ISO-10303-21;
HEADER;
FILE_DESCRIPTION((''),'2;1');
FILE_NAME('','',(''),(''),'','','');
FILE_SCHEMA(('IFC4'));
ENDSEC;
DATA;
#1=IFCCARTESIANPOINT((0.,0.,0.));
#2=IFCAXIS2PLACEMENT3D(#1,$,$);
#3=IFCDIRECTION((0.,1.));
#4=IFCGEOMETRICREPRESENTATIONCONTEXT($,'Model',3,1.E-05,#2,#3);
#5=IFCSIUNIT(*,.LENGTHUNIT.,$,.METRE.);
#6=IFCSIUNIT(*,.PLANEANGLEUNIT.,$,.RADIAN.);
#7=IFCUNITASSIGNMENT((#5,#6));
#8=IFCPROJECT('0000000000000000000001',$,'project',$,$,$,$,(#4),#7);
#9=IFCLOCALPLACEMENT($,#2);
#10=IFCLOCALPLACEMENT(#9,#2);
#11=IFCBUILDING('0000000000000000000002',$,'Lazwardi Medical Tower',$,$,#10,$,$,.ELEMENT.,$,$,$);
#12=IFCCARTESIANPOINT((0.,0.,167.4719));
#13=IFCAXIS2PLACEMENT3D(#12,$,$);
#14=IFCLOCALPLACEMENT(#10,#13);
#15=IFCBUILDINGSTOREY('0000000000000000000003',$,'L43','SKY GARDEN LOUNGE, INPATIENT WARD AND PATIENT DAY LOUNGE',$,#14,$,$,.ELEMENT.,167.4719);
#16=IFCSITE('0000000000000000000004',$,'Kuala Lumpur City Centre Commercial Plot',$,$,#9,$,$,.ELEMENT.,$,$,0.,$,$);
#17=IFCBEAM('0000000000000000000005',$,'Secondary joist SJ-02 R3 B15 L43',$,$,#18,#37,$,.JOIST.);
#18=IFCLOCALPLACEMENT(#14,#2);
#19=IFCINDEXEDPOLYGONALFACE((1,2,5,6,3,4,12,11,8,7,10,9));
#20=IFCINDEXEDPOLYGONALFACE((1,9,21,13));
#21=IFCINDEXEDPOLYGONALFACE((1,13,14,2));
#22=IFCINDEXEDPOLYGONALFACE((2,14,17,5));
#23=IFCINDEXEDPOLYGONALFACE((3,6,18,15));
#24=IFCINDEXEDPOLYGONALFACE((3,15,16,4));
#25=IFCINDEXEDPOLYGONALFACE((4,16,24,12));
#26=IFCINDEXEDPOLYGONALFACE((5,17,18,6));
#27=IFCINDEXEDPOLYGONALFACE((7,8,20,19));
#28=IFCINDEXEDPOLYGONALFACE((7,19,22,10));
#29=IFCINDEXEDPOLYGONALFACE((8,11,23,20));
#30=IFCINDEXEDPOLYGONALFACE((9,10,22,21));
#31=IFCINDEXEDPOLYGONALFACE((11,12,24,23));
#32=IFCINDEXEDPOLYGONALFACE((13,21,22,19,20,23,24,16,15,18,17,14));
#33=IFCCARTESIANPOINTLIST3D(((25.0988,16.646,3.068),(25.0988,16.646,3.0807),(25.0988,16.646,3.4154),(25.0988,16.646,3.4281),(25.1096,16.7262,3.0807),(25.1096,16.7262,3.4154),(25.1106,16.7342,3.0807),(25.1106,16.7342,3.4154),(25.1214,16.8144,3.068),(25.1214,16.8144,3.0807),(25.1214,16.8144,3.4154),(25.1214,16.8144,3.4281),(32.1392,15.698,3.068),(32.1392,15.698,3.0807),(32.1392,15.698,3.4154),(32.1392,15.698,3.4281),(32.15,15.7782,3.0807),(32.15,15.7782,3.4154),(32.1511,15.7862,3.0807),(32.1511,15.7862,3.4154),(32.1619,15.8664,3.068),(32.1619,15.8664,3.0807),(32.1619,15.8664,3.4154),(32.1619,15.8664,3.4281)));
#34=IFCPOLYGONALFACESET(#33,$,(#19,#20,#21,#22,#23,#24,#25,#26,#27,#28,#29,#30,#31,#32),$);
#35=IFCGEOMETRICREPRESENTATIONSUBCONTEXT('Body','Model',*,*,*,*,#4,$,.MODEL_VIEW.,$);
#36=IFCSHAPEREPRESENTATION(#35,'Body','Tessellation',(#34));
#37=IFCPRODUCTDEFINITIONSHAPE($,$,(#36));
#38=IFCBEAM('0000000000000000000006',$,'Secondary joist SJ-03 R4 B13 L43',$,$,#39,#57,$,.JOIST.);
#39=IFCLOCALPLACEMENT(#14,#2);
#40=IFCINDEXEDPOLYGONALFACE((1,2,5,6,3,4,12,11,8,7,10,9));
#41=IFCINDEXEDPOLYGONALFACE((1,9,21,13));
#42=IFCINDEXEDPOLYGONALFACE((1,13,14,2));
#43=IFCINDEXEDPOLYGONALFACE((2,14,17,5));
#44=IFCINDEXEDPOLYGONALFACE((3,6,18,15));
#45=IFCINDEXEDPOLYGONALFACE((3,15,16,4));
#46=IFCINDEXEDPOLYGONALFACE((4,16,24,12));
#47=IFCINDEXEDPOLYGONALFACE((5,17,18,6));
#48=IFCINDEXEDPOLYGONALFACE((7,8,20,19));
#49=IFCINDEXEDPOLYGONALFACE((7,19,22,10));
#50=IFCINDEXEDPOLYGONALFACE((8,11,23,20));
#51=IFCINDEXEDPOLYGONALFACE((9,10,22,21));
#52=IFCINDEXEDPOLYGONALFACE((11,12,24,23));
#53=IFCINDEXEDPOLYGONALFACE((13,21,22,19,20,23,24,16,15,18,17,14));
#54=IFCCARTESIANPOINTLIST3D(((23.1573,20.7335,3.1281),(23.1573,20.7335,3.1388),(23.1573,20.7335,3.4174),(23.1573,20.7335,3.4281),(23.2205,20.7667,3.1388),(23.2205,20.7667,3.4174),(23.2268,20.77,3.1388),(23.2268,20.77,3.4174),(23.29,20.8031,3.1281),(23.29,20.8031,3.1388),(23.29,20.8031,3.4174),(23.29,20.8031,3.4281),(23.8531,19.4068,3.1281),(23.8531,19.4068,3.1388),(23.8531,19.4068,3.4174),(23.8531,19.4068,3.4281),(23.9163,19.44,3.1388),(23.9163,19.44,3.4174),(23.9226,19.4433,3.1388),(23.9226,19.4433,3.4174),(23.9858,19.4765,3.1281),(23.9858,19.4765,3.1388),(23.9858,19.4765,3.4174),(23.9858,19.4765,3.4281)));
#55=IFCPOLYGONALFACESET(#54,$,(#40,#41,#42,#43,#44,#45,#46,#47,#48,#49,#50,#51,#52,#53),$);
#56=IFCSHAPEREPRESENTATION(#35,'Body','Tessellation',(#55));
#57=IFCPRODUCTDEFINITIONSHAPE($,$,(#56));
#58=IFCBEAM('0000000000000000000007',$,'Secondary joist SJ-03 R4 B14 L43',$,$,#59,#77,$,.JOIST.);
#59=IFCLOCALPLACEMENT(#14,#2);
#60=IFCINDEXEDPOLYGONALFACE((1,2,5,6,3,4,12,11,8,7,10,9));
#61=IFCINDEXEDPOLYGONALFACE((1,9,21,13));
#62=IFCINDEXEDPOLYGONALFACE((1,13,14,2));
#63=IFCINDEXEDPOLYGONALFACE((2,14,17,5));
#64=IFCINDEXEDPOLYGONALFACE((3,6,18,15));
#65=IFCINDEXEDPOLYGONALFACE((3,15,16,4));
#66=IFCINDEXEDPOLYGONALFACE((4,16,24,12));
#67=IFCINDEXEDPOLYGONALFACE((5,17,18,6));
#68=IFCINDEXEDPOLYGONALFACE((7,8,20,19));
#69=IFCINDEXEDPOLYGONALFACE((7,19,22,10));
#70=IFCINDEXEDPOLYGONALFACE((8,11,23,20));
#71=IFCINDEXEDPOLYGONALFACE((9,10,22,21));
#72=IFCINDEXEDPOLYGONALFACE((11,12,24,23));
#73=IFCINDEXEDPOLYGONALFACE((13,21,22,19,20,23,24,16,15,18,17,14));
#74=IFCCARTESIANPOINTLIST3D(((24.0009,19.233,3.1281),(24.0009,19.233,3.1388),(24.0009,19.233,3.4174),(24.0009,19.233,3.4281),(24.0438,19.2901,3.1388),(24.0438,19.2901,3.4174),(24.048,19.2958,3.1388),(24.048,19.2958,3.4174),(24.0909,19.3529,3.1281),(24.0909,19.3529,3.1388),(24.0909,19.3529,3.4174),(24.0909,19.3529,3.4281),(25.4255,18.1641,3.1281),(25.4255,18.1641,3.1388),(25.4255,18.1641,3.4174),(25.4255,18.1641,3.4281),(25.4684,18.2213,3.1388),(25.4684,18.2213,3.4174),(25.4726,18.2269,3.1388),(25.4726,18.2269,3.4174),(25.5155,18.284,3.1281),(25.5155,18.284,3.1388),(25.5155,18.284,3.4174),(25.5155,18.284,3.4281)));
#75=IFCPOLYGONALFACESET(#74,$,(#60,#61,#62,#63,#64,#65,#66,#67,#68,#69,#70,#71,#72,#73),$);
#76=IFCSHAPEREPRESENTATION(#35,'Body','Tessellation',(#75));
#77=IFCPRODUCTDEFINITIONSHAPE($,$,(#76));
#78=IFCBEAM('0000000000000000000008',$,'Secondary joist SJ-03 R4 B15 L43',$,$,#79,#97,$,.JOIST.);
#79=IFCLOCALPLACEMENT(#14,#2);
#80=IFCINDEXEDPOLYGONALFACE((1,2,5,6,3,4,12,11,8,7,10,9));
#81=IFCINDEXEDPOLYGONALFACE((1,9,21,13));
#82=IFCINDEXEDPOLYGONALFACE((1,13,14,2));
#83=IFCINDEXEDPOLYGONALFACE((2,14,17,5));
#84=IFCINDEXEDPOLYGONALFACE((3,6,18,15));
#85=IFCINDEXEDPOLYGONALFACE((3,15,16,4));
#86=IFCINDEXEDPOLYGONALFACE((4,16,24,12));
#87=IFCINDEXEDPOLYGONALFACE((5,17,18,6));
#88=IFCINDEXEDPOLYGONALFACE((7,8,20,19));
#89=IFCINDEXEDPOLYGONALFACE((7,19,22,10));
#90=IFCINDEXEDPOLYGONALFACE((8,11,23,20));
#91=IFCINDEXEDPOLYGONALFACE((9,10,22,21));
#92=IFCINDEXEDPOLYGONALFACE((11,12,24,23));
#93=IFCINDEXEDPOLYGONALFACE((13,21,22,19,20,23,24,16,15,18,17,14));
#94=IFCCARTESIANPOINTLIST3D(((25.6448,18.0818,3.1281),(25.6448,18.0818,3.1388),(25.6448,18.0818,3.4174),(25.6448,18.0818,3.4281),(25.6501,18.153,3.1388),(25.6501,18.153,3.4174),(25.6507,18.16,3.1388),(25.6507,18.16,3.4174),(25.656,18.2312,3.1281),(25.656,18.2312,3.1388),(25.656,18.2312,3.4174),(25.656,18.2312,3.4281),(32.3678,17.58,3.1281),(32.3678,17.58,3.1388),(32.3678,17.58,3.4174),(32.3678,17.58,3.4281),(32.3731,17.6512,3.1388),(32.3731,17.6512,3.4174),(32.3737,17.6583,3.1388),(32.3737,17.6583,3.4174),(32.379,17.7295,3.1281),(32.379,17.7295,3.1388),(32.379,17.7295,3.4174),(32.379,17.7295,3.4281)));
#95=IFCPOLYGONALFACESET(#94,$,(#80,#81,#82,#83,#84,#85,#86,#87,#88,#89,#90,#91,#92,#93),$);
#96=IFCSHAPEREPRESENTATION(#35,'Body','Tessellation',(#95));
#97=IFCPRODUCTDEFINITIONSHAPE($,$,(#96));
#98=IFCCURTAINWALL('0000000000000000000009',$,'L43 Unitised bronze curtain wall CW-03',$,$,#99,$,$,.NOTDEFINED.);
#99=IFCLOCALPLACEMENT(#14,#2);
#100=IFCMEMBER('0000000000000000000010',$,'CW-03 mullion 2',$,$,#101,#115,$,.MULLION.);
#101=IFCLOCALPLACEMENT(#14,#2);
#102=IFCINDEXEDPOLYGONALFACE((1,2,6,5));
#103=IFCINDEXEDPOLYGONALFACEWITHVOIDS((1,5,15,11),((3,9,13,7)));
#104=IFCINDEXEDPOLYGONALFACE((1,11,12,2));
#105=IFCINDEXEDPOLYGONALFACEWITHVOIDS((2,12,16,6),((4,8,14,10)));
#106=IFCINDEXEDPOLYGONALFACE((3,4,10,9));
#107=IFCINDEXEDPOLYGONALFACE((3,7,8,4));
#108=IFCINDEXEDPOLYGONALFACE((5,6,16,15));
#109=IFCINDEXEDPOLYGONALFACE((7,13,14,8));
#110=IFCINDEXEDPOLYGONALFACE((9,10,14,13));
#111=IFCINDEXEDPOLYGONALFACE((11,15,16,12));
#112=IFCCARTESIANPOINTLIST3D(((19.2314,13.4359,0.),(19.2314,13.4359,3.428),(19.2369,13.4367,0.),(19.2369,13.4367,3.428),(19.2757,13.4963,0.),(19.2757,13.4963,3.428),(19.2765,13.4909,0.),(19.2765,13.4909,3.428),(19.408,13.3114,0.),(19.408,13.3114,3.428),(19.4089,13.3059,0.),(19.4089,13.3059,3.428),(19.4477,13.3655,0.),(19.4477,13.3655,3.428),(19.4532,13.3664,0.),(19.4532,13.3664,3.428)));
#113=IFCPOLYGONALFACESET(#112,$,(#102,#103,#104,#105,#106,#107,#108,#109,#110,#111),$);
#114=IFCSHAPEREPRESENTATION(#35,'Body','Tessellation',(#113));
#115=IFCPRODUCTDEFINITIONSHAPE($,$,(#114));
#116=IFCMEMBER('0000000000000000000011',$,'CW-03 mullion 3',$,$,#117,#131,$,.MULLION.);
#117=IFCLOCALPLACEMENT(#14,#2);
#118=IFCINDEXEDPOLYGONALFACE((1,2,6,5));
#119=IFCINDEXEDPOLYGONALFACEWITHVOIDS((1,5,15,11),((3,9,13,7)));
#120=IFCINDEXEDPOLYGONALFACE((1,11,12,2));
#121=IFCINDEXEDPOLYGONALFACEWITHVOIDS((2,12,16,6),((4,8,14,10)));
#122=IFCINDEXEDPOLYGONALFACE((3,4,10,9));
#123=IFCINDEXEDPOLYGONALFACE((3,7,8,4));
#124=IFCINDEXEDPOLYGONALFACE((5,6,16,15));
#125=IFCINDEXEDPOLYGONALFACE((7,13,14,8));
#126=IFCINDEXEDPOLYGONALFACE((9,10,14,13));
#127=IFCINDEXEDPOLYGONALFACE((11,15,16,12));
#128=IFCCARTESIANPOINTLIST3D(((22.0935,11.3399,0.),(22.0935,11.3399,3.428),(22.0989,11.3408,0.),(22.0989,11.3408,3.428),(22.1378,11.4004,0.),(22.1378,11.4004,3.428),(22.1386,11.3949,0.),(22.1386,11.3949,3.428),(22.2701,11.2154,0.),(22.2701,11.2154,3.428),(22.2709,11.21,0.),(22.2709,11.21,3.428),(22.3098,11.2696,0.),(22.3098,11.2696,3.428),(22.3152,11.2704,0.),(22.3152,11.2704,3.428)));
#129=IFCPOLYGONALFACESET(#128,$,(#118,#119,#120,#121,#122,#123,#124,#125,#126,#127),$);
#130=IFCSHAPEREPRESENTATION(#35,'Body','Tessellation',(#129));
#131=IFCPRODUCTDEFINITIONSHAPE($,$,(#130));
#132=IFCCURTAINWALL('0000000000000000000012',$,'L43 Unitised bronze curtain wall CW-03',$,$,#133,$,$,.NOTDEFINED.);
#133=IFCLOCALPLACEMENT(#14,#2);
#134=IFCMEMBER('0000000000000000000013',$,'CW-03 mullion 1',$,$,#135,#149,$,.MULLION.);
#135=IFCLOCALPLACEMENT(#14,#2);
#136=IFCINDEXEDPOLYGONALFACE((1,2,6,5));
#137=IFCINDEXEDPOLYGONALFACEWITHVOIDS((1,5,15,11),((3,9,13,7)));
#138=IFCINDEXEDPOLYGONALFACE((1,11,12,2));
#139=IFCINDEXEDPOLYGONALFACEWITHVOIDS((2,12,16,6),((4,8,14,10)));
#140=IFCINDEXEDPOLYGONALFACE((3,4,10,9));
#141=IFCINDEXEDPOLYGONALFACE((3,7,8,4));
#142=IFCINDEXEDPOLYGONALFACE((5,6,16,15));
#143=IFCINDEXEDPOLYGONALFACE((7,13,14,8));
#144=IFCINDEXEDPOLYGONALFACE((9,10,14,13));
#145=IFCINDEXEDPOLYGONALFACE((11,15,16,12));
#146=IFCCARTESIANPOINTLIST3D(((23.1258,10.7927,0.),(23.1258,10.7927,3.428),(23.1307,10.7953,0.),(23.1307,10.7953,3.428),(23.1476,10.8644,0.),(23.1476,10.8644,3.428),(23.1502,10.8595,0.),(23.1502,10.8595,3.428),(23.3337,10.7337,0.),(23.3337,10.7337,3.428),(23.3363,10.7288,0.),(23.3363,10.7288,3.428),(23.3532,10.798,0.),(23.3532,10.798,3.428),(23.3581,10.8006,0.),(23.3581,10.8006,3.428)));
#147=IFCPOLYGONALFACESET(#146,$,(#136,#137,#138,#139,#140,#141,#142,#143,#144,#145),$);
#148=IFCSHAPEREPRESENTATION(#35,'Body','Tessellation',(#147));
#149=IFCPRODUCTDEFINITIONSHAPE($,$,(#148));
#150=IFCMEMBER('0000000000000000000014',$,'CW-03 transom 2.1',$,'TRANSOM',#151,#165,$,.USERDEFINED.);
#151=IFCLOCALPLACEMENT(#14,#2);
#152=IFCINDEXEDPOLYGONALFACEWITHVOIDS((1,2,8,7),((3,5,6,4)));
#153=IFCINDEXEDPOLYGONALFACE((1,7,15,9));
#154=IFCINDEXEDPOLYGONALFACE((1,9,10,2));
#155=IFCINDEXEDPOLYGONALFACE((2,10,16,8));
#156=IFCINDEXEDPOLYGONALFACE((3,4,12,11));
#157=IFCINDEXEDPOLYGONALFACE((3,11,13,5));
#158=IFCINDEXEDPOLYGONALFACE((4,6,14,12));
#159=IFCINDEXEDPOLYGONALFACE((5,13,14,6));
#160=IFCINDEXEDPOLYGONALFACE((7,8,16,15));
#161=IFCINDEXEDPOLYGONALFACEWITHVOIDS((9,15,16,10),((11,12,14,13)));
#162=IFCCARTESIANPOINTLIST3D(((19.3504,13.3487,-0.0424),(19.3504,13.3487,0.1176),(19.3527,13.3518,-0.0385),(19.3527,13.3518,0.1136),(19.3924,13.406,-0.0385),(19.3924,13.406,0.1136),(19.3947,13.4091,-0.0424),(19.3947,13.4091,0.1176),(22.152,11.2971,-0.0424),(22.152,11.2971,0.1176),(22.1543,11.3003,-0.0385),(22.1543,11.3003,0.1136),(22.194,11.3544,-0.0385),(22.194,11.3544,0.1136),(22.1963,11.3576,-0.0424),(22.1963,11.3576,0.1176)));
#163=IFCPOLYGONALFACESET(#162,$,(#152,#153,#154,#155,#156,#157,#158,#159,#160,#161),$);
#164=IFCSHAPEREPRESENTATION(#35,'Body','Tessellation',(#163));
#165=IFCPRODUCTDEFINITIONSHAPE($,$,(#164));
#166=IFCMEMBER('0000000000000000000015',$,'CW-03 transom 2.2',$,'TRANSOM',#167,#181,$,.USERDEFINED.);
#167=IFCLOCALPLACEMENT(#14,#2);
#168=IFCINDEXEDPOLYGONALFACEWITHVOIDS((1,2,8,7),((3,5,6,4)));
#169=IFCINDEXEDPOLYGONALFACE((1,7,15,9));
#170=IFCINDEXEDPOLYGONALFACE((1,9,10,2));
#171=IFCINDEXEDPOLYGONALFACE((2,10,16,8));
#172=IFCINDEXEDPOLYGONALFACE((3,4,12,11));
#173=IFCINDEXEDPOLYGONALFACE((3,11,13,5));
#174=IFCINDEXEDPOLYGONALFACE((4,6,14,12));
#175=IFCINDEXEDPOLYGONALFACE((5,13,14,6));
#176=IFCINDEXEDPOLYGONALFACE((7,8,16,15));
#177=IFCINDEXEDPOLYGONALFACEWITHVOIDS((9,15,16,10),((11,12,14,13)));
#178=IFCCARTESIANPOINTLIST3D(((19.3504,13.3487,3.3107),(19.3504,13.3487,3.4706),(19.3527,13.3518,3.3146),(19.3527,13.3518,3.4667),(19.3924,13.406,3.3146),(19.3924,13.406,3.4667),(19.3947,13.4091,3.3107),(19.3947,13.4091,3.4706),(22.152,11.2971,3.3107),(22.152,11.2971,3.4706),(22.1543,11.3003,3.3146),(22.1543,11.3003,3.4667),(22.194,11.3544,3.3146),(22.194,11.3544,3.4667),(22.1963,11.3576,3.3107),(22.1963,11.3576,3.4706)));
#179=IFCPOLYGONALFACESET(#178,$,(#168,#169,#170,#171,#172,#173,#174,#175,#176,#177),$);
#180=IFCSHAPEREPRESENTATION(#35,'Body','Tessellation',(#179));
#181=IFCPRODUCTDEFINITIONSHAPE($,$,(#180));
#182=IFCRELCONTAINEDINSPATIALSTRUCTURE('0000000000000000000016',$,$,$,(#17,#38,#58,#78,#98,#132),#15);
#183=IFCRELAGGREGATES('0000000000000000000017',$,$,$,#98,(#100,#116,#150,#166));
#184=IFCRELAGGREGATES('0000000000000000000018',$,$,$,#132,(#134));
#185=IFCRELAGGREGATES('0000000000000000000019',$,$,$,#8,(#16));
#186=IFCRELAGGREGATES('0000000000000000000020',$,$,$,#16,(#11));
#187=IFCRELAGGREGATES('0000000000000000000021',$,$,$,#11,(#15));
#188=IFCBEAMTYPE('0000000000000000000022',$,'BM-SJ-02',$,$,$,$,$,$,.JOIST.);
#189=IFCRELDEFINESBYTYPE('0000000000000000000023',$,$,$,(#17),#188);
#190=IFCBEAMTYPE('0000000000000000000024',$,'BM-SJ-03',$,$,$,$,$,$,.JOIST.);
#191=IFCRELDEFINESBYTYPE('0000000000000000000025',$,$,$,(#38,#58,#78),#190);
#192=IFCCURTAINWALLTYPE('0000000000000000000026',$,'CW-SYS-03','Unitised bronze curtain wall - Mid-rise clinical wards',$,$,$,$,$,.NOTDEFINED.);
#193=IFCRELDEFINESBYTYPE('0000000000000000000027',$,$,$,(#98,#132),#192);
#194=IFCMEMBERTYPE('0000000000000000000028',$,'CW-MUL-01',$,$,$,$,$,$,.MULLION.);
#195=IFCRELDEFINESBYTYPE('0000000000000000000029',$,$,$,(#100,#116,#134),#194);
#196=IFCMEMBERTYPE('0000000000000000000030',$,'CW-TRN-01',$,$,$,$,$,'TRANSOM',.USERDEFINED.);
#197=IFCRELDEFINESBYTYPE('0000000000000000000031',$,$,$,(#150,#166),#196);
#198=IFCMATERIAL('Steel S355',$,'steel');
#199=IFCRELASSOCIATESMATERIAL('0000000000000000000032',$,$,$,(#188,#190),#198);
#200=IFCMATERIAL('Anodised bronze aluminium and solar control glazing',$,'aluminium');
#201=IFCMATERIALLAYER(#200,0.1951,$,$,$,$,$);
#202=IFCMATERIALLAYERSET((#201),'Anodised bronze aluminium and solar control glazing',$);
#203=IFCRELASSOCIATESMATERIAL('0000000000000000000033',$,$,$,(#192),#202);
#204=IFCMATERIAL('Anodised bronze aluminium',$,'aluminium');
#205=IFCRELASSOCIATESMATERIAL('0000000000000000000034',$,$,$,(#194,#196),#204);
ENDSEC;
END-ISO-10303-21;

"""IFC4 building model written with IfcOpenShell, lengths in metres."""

from ifc_helpers import new_model, si_unit, direction, frame, origin, origin_2d, place, context, subcontext, project, spatial, hollow_rectangle, i_section, extrude, material, layer, layer_set, material_profile, profile_set, type_object, element, aggregate, save


model = new_model("IFC4")

# Units and contexts
model_context = context("Model", 3, precision=1e-05, world=origin(), true_north=direction((0.0, 1.0)))
body_context = subcontext(model_context, "Body", "Model", "MODEL_VIEW")
ifc_project = project(units=[si_unit("LENGTHUNIT", "METRE"), si_unit("PLANEANGLEUNIT", "RADIAN")], contexts=[model_context])

# Site, building, storey
site_placement = place(None, origin())
site = spatial("IfcSite", under=ifc_project, at=site_placement, Name="Kuala Lumpur City Centre Commercial Plot", CompositionType="ELEMENT", RefElevation=0.0)
building_placement = place(site_placement, origin())
building = spatial("IfcBuilding", under=site, at=building_placement, Name="Lazwardi Medical Tower", CompositionType="ELEMENT")
storey_placement = place(building_placement, frame((0.0, 0.0, 167.4719)))
storey = spatial("IfcBuildingStorey", under=building, at=storey_placement, Name="L43", Description="SKY GARDEN LOUNGE, INPATIENT WARD AND PATIENT DAY LOUNGE", CompositionType="ELEMENT", Elevation=167.4719)

# Beams
ifc_material_1 = material(Name="Steel S355", Category="steel")
ifc_material_profile_1 = material_profile(ifc_material_1, i_section(OverallWidth=0.1699, OverallDepth=0.3601, WebThickness=0.0081, FlangeThickness=0.0127, at=origin_2d()), Name="IPE 360")
ifc_profile_set_1 = profile_set([ifc_material_profile_1], Name="Steel S355")
beam_type_1 = type_object("IfcBeamType", Name="BM-SJ-02", PredefinedType="JOIST", material=ifc_profile_set_1)
beam_1_placement = place(storey_placement, frame((25.1101, 16.7302, 3.248), z_axis=(0.991056, -0.133444, 0.0), x_axis=(0.133444, 0.991056, 0.0)))
element("IfcBeam", 1, at=beam_1_placement, inside=storey, type_object=beam_type_1, Name="Secondary joist SJ-02 R3 B15 L43", PredefinedType="JOIST", context=body_context, shape_type="SweptSolid", body=[
    extrude(i_section(OverallWidth=0.1699, OverallDepth=0.3601, WebThickness=0.0081, FlangeThickness=0.0127, at=origin_2d()), origin(), (0.0, 0.0, 1.0), 7.104),
])
ifc_material_profile_2 = material_profile(ifc_material_1, i_section(OverallWidth=0.1499, OverallDepth=0.3, WebThickness=0.0071, FlangeThickness=0.0107, at=origin_2d()), Name="IPE 300")
ifc_profile_set_2 = profile_set([ifc_material_profile_2], Name="Steel S355")
beam_type_2 = type_object("IfcBeamType", Name="BM-SJ-03", PredefinedType="JOIST", material=ifc_profile_set_2)
beam_2_placement = place(storey_placement, frame((23.2236, 20.7683, 3.2781), z_axis=(0.46447, -0.885589, 0.0), x_axis=(0.885589, 0.46447, 0.0)))
element("IfcBeam", 2, at=beam_2_placement, inside=storey, type_object=beam_type_2, Name="Secondary joist SJ-03 R4 B13 L43", PredefinedType="JOIST", context=body_context, shape_type="SweptSolid", body=[
    extrude(i_section(OverallWidth=0.1499, OverallDepth=0.3, WebThickness=0.0071, FlangeThickness=0.0107, at=origin_2d()), origin(), (0.0, 0.0, 1.0), 1.498),
])
beam_3_placement = place(storey_placement, frame((24.0459, 19.293, 3.2781), z_axis=(0.799885, -0.600154, 0.0), x_axis=(0.600154, 0.799885, 0.0)))
element("IfcBeam", 3, at=beam_3_placement, inside=storey, type_object=beam_type_2, Name="Secondary joist SJ-03 R4 B14 L43", PredefinedType="JOIST", context=body_context, shape_type="SweptSolid", body=[
    extrude(i_section(OverallWidth=0.1499, OverallDepth=0.3, WebThickness=0.0071, FlangeThickness=0.0107, at=origin_2d()), origin(), (0.0, 0.0, 1.0), 1.781),
])
beam_4_placement = place(storey_placement, frame((25.6504, 18.1565, 3.2781), z_axis=(0.997227, -0.07442, 0.0), x_axis=(0.07442, 0.997227, 0.0)))
element("IfcBeam", 4, at=beam_4_placement, inside=storey, type_object=beam_type_2, Name="Secondary joist SJ-03 R4 B15 L43", PredefinedType="JOIST", context=body_context, shape_type="SweptSolid", body=[
    extrude(i_section(OverallWidth=0.1499, OverallDepth=0.3, WebThickness=0.0071, FlangeThickness=0.0107, at=origin_2d()), origin(), (0.0, 0.0, 1.0), 6.7417),
])

# Curtain wall, members
ifc_material_2 = material(Name="Anodised bronze aluminium and solar control glazing", Category="aluminium")
ifc_layer_1 = layer(ifc_material_2, 0.1951)
ifc_layer_set_1 = layer_set([ifc_layer_1], Name="Anodised bronze aluminium and solar control glazing")
curtain_wall_type = type_object("IfcCurtainWallType", Name="CW-SYS-03", Description="Unitised bronze curtain wall - Mid-rise clinical wards", PredefinedType="NOTDEFINED", material=ifc_layer_set_1)
curtain_wall_1_placement = place(storey_placement, origin())
curtain_wall_1 = element("IfcCurtainWall", 5, at=curtain_wall_1_placement, inside=storey, type_object=curtain_wall_type, Name="L43 Unitised bronze curtain wall CW-03", PredefinedType="NOTDEFINED")
ifc_material_3 = material(Name="Anodised bronze aluminium", Category="aluminium")
ifc_material_profile_3 = material_profile(ifc_material_3, hollow_rectangle(XDim=0.075, YDim=0.22, WallThickness=0.0039, at=origin_2d()), Name="ALU-MULLION 220x75x4")
ifc_profile_set_3 = profile_set([ifc_material_profile_3], Name="Anodised bronze aluminium")
member_type_1 = type_object("IfcMemberType", Name="CW-MUL-01", PredefinedType="MULLION", material=ifc_profile_set_3)
member_1_placement = place(storey_placement, frame((19.3423, 13.4011, 0.0), z_axis=(0.0, 0.0, 1.0), x_axis=(0.590834, 0.806793, 0.0)))
member_1 = element("IfcMember", 6, at=member_1_placement, type_object=member_type_1, Name="CW-03 mullion 2", PredefinedType="MULLION", context=body_context, shape_type="SweptSolid", body=[
    extrude(hollow_rectangle(XDim=0.075, YDim=0.22, WallThickness=0.0039, at=origin_2d()), origin(), (0.0, 0.0, 1.0), 3.428),
])
member_2_placement = place(storey_placement, frame((22.2043, 11.3052, 0.0), z_axis=(0.0, 0.0, 1.0), x_axis=(0.590834, 0.806793, 0.0)))
member_2 = element("IfcMember", 7, at=member_2_placement, type_object=member_type_1, Name="CW-03 mullion 3", PredefinedType="MULLION", context=body_context, shape_type="SweptSolid", body=[
    extrude(hollow_rectangle(XDim=0.075, YDim=0.22, WallThickness=0.0039, at=origin_2d()), origin(), (0.0, 0.0, 1.0), 3.428),
])

# Curtain wall, member
curtain_wall_2_placement = place(storey_placement, origin())
curtain_wall_2 = element("IfcCurtainWall", 8, at=curtain_wall_2_placement, inside=storey, type_object=curtain_wall_type, Name="L43 Unitised bronze curtain wall CW-03", PredefinedType="NOTDEFINED")
member_3_placement = place(storey_placement, frame((23.2419, 10.7966, 0.0), z_axis=(0.0, 0.0, 1.0), x_axis=(0.290281, 0.956942, 0.0)))
member_3 = element("IfcMember", 9, at=member_3_placement, type_object=member_type_1, Name="CW-03 mullion 1", PredefinedType="MULLION", context=body_context, shape_type="SweptSolid", body=[
    extrude(hollow_rectangle(XDim=0.075, YDim=0.22, WallThickness=0.0039, at=origin_2d()), origin(), (0.0, 0.0, 1.0), 3.428),
])

# Members
ifc_material_profile_4 = material_profile(ifc_material_3, hollow_rectangle(XDim=0.075, YDim=0.1599, WallThickness=0.0039, at=origin_2d()), Name="ALU-TRANSOM 160x75x4")
ifc_profile_set_4 = profile_set([ifc_material_profile_4], Name="Anodised bronze aluminium")
member_type_2 = type_object("IfcMemberType", Name="CW-TRN-01", ElementType="TRANSOM", PredefinedType="USERDEFINED", material=ifc_profile_set_4)
member_4_placement = place(storey_placement, frame((19.3726, 13.3789, 0.0376), z_axis=(0.806807, -0.590815, 0.0), x_axis=(0.590815, 0.806807, 0.0)))
member_4 = element("IfcMember", 10, at=member_4_placement, type_object=member_type_2, Name="CW-03 transom 2.1", ObjectType="TRANSOM", PredefinedType="USERDEFINED", context=body_context, shape_type="SweptSolid", body=[
    extrude(hollow_rectangle(XDim=0.075, YDim=0.1599, WallThickness=0.0039, at=origin_2d()), origin(), (0.0, 0.0, 1.0), 3.4724),
])
member_5_placement = place(storey_placement, frame((19.3726, 13.3789, 3.3906), z_axis=(0.806807, -0.590815, 0.0), x_axis=(0.590815, 0.806807, 0.0)))
member_5 = element("IfcMember", 11, at=member_5_placement, type_object=member_type_2, Name="CW-03 transom 2.2", ObjectType="TRANSOM", PredefinedType="USERDEFINED", context=body_context, shape_type="SweptSolid", body=[
    extrude(hollow_rectangle(XDim=0.075, YDim=0.1599, WallThickness=0.0039, at=origin_2d()), origin(), (0.0, 0.0, 1.0), 3.4724),
])

aggregate(curtain_wall_1, [member_1, member_2, member_4, member_5])
aggregate(curtain_wall_2, [member_3])

save(model, "model.ifc")
